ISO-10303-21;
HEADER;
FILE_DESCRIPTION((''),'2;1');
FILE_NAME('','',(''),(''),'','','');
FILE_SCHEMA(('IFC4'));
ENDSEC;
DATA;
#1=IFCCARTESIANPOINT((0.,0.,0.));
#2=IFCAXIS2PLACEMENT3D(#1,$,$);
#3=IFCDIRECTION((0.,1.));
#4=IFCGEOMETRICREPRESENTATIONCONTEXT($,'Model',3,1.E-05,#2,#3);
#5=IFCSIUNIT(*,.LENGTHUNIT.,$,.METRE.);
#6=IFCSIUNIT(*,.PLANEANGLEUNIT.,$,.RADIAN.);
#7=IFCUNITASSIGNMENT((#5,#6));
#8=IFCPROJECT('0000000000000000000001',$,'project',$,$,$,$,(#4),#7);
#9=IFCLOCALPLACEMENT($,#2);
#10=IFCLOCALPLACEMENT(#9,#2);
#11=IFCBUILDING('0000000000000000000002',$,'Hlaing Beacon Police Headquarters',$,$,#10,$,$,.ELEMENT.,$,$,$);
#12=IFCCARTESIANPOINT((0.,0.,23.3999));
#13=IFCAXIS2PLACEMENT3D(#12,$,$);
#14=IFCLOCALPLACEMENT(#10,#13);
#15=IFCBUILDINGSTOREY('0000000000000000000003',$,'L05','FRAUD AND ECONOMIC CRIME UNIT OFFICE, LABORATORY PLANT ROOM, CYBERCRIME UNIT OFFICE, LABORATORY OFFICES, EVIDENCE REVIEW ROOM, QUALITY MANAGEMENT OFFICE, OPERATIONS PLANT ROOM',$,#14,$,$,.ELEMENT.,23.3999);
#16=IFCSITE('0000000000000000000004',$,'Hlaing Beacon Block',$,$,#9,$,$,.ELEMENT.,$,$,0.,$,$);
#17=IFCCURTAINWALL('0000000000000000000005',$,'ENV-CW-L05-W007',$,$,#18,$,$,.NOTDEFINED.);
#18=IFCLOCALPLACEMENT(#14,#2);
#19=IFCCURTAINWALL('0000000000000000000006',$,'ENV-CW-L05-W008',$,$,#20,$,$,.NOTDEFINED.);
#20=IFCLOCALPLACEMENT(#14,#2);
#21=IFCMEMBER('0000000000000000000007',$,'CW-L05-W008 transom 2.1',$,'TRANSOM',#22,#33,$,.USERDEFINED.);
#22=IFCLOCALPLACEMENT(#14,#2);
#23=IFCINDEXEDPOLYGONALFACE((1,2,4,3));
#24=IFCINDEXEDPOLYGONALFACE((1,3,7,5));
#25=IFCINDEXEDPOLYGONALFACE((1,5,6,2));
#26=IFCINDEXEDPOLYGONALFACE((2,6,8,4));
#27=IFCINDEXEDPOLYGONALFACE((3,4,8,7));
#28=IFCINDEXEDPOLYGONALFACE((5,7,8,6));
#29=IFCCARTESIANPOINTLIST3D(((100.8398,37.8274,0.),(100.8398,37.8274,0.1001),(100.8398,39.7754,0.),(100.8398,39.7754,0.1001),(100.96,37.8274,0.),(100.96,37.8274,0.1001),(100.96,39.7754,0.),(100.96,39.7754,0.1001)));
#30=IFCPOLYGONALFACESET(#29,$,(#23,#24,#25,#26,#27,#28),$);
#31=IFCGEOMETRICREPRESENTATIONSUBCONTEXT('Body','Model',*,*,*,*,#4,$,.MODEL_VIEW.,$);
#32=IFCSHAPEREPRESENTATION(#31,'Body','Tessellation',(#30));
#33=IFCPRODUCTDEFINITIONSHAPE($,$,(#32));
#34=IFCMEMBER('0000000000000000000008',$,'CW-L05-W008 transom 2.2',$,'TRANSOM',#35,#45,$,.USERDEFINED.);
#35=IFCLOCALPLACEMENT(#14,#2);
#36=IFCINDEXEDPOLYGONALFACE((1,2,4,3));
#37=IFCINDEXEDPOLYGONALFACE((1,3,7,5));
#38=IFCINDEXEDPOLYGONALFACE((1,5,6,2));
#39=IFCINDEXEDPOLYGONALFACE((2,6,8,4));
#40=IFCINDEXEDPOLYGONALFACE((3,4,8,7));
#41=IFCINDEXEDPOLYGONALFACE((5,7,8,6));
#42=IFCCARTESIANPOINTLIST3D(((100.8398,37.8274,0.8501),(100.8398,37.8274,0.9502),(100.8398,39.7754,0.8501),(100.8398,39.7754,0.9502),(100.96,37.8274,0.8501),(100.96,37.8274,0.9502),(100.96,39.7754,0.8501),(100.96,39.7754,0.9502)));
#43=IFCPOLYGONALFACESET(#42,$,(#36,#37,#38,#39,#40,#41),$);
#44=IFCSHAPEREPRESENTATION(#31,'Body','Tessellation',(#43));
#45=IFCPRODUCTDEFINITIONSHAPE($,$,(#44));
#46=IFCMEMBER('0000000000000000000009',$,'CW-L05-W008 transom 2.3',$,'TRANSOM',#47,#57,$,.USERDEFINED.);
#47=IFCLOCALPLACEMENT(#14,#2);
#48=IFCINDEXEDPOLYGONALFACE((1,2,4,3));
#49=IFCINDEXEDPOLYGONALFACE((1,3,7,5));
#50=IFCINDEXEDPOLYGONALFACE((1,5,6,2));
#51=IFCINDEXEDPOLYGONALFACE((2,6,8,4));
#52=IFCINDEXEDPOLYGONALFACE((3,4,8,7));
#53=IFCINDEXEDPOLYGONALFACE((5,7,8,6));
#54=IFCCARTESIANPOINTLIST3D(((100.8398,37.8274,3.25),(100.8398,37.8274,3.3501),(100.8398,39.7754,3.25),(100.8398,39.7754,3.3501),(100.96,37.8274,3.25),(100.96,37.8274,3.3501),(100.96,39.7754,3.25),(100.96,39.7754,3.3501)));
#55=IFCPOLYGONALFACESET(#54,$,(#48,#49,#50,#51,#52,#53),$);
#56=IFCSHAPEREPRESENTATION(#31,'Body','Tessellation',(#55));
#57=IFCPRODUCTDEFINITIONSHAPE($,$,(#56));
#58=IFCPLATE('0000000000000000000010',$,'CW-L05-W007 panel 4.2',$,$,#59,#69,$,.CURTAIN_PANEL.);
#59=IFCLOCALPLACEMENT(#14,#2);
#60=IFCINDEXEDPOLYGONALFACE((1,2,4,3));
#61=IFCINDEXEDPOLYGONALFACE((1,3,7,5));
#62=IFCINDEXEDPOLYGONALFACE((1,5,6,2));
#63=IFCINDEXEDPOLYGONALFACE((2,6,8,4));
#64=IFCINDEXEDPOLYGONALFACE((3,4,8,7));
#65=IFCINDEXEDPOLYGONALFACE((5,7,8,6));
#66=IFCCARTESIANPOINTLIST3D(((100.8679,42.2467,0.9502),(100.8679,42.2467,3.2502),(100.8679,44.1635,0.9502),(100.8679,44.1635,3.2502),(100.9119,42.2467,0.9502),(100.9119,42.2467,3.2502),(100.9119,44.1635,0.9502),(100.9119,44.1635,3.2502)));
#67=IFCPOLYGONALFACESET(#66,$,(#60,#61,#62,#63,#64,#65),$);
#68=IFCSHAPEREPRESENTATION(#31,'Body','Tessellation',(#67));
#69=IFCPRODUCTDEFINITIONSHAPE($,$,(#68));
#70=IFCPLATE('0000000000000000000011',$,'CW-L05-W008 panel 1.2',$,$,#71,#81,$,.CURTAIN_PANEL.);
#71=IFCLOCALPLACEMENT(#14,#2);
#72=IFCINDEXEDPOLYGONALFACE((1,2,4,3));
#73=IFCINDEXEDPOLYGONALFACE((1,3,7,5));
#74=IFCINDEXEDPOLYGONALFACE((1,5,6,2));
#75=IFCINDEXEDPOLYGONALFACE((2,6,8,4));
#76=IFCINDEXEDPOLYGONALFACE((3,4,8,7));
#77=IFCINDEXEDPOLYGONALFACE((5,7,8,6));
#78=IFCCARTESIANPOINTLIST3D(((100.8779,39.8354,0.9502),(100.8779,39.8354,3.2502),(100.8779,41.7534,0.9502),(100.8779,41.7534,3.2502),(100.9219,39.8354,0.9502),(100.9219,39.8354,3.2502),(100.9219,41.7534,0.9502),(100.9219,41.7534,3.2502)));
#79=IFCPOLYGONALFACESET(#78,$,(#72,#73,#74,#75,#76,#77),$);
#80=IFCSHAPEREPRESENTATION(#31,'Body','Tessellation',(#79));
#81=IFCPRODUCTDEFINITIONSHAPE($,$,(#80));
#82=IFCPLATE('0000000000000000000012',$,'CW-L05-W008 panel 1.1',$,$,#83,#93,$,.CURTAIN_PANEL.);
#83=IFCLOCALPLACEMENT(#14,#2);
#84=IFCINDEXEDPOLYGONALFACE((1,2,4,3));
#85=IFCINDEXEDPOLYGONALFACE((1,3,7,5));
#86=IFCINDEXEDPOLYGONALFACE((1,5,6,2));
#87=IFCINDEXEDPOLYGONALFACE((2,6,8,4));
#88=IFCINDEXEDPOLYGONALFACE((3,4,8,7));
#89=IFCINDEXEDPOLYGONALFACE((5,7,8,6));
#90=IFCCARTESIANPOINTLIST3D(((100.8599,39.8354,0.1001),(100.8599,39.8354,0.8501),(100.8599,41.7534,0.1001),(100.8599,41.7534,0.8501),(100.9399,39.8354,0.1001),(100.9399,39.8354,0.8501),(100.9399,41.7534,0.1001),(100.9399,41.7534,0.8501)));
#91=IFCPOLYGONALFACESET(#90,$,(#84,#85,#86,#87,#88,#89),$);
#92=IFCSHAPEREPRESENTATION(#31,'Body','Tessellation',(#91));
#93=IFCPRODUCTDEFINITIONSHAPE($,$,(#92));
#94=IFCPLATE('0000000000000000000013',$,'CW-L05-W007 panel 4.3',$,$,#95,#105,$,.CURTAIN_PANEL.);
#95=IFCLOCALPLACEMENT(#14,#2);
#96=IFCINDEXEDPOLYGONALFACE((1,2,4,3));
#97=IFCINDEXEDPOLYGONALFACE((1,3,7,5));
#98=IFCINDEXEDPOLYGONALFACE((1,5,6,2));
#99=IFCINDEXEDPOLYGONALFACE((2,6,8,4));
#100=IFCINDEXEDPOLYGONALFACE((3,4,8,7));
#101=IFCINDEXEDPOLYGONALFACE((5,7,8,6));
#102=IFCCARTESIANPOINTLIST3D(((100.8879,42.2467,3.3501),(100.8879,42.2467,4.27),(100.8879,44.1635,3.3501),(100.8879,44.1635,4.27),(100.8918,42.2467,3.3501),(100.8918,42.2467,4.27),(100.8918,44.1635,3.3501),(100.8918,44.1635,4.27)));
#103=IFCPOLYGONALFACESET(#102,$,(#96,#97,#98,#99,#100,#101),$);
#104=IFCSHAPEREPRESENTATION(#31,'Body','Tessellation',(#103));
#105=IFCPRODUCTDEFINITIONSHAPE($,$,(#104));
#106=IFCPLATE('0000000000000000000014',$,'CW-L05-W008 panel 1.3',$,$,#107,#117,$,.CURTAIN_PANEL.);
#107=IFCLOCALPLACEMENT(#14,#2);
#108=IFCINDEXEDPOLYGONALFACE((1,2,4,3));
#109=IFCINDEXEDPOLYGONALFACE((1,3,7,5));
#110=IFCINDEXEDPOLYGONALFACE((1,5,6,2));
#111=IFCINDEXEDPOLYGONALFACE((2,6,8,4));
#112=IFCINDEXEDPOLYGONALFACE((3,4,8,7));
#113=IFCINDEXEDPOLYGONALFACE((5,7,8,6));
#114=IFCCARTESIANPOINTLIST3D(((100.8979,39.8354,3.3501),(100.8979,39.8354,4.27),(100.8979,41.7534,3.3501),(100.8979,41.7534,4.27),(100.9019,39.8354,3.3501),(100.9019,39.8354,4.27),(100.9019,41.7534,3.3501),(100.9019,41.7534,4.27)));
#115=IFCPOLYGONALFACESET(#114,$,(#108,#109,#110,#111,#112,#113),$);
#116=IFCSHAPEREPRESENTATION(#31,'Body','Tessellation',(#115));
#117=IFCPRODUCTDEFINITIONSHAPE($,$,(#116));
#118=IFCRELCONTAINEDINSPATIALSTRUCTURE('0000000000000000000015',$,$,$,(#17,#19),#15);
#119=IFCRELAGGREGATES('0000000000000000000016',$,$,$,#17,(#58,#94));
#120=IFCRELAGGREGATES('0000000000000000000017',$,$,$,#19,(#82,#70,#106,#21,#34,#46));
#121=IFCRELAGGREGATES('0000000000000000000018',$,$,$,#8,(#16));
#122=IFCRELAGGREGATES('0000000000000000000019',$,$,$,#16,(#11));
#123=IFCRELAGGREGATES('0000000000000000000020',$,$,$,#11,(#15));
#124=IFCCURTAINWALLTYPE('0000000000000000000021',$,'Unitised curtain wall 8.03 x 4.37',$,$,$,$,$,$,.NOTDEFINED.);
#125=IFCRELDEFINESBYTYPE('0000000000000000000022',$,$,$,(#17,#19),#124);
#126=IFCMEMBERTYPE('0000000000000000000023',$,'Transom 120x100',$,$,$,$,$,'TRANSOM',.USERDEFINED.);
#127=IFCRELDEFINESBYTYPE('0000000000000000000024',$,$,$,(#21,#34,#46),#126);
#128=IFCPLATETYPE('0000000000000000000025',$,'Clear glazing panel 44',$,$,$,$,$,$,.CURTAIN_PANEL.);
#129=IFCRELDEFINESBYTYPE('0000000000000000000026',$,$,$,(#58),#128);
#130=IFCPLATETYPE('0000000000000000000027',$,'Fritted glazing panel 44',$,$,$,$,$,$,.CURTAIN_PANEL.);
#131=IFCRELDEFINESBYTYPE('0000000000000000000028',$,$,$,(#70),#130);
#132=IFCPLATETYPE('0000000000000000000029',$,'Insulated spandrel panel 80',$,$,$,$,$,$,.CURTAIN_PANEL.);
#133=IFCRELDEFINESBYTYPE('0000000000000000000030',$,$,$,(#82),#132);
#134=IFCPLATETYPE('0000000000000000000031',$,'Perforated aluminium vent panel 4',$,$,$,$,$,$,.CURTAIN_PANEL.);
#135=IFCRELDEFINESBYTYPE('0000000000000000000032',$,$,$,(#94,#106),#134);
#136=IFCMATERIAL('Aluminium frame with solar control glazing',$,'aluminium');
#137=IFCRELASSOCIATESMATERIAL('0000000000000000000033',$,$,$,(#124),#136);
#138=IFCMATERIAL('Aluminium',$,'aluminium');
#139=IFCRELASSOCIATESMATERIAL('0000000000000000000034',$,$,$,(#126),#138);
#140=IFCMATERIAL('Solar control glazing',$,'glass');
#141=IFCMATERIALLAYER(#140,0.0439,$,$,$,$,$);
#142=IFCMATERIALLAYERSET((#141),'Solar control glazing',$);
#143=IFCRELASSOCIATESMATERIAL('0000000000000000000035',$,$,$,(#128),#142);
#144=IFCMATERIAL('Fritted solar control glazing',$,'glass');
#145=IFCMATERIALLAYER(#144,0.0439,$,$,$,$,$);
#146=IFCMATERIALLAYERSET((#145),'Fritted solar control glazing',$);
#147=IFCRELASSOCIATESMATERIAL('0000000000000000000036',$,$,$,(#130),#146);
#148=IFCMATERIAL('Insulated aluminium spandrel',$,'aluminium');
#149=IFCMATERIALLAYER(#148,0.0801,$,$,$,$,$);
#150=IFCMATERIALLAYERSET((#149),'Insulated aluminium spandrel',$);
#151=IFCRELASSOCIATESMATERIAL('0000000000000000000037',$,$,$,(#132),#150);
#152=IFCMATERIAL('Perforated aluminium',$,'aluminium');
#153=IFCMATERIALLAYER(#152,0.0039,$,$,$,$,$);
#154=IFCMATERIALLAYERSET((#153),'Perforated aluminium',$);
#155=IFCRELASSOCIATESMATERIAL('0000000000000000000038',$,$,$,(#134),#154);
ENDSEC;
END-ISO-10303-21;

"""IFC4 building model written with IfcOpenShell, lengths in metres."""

from ifc_helpers import new_model, si_unit, direction, frame, origin, origin_2d, place, context, subcontext, project, spatial, rectangle, extrude, material, layer, layer_set, material_profile, profile_set, type_object, element, aggregate, save


model = new_model("IFC4")

# Units and contexts
model_context = context("Model", 3, precision=1e-05, world=origin(), true_north=direction((0.0, 1.0)))
body_context = subcontext(model_context, "Body", "Model", "MODEL_VIEW")
ifc_project = project(units=[si_unit("LENGTHUNIT", "METRE"), si_unit("PLANEANGLEUNIT", "RADIAN")], contexts=[model_context])

# Site, building, storey
site_placement = place(None, origin())
site = spatial("IfcSite", under=ifc_project, at=site_placement, Name="Hlaing Beacon Block", CompositionType="ELEMENT", RefElevation=0.0)
building_placement = place(site_placement, origin())
building = spatial("IfcBuilding", under=site, at=building_placement, Name="Hlaing Beacon Police Headquarters", CompositionType="ELEMENT")
storey_placement = place(building_placement, frame((0.0, 0.0, 23.3999)))
storey = spatial("IfcBuildingStorey", under=building, at=storey_placement, Name="L05", Description="FRAUD AND ECONOMIC CRIME UNIT OFFICE, LABORATORY PLANT ROOM, CYBERCRIME UNIT OFFICE, LABORATORY OFFICES, EVIDENCE REVIEW ROOM, QUALITY MANAGEMENT OFFICE, OPERATIONS PLANT ROOM", CompositionType="ELEMENT", Elevation=23.3999)

# Curtain walls
ifc_material_1 = material(Name="Aluminium frame with solar control glazing", Category="aluminium")
curtain_wall_type = type_object("IfcCurtainWallType", Name="Unitised curtain wall 8.03 x 4.37", PredefinedType="NOTDEFINED", material=ifc_material_1)
curtain_wall_1_placement = place(storey_placement, origin())
curtain_wall_1 = element("IfcCurtainWall", 1, at=curtain_wall_1_placement, inside=storey, type_object=curtain_wall_type, Name="ENV-CW-L05-W007", PredefinedType="NOTDEFINED")
curtain_wall_2_placement = place(storey_placement, origin())
curtain_wall_2 = element("IfcCurtainWall", 2, at=curtain_wall_2_placement, inside=storey, type_object=curtain_wall_type, Name="ENV-CW-L05-W008", PredefinedType="NOTDEFINED")

# Members
ifc_material_2 = material(Name="Aluminium", Category="aluminium")
ifc_material_profile_1 = material_profile(ifc_material_2, rectangle(XDim=0.1201, YDim=0.1001, at=origin_2d()), Name="Transom 120x100")
ifc_profile_set_1 = profile_set([ifc_material_profile_1], Name="Aluminium")
member_type_1 = type_object("IfcMemberType", Name="Transom 120x100", ElementType="TRANSOM", PredefinedType="USERDEFINED", material=ifc_profile_set_1)
member_1_placement = place(storey_placement, frame((100.8999, 39.7754, 0.05), z_axis=(0.0, -1.0, 0.0), x_axis=(1.0, 0.0, 0.0)))
member_1 = element("IfcMember", 3, at=member_1_placement, type_object=member_type_1, Name="CW-L05-W008 transom 2.1", ObjectType="TRANSOM", PredefinedType="USERDEFINED", context=body_context, shape_type="SweptSolid", body=[
    extrude(rectangle(XDim=0.1201, YDim=0.1001, at=origin_2d()), origin(), (0.0, 0.0, 1.0), 1.948),
])
member_2_placement = place(storey_placement, frame((100.8999, 39.7754, 0.9001), z_axis=(0.0, -1.0, 0.0), x_axis=(1.0, 0.0, 0.0)))
member_2 = element("IfcMember", 4, at=member_2_placement, type_object=member_type_1, Name="CW-L05-W008 transom 2.2", ObjectType="TRANSOM", PredefinedType="USERDEFINED", context=body_context, shape_type="SweptSolid", body=[
    extrude(rectangle(XDim=0.1201, YDim=0.1001, at=origin_2d()), origin(), (0.0, 0.0, 1.0), 1.948),
])
member_3_placement = place(storey_placement, frame((100.8999, 39.7754, 3.3), z_axis=(0.0, -1.0, 0.0), x_axis=(1.0, 0.0, 0.0)))
member_3 = element("IfcMember", 5, at=member_3_placement, type_object=member_type_1, Name="CW-L05-W008 transom 2.3", ObjectType="TRANSOM", PredefinedType="USERDEFINED", context=body_context, shape_type="SweptSolid", body=[
    extrude(rectangle(XDim=0.1201, YDim=0.1001, at=origin_2d()), origin(), (0.0, 0.0, 1.0), 1.948),
])

# Plates
ifc_material_3 = material(Name="Solar control glazing", Category="glass")
ifc_layer_1 = layer(ifc_material_3, 0.0439)
ifc_layer_set_1 = layer_set([ifc_layer_1], Name="Solar control glazing")
plate_type_1 = type_object("IfcPlateType", Name="Clear glazing panel 44", PredefinedType="CURTAIN_PANEL", material=ifc_layer_set_1)
plate_1_placement = place(storey_placement, frame((100.8899, 43.2051, 0.9502), z_axis=(0.0, 0.0, 1.0), x_axis=(0.0, -1.0, 0.0)))
plate_1 = element("IfcPlate", 6, at=plate_1_placement, type_object=plate_type_1, Name="CW-L05-W007 panel 4.2", PredefinedType="CURTAIN_PANEL", context=body_context, shape_type="SweptSolid", body=[
    extrude(rectangle(XDim=1.9167, YDim=0.0439, at=origin_2d()), origin(), (0.0, 0.0, 1.0), 2.3),
])
ifc_material_4 = material(Name="Fritted solar control glazing", Category="glass")
ifc_layer_2 = layer(ifc_material_4, 0.0439)
ifc_layer_set_2 = layer_set([ifc_layer_2], Name="Fritted solar control glazing")
plate_type_2 = type_object("IfcPlateType", Name="Fritted glazing panel 44", PredefinedType="CURTAIN_PANEL", material=ifc_layer_set_2)
plate_2_placement = place(storey_placement, frame((100.8999, 40.7944, 0.9502), z_axis=(0.0, 0.0, 1.0), x_axis=(0.0, -1.0, 0.0)))
plate_2 = element("IfcPlate", 7, at=plate_2_placement, type_object=plate_type_2, Name="CW-L05-W008 panel 1.2", PredefinedType="CURTAIN_PANEL", context=body_context, shape_type="SweptSolid", body=[
    extrude(rectangle(XDim=1.918, YDim=0.0439, at=origin_2d()), origin(), (0.0, 0.0, 1.0), 2.3),
])
ifc_material_5 = material(Name="Insulated aluminium spandrel", Category="aluminium")
ifc_layer_3 = layer(ifc_material_5, 0.0801)
ifc_layer_set_3 = layer_set([ifc_layer_3], Name="Insulated aluminium spandrel")
plate_type_3 = type_object("IfcPlateType", Name="Insulated spandrel panel 80", PredefinedType="CURTAIN_PANEL", material=ifc_layer_set_3)
plate_3_placement = place(storey_placement, frame((100.8999, 40.7944, 0.1001), z_axis=(0.0, 0.0, 1.0), x_axis=(0.0, -1.0, 0.0)))
plate_3 = element("IfcPlate", 8, at=plate_3_placement, type_object=plate_type_3, Name="CW-L05-W008 panel 1.1", PredefinedType="CURTAIN_PANEL", context=body_context, shape_type="SweptSolid", body=[
    extrude(rectangle(XDim=1.918, YDim=0.0801, at=origin_2d()), origin(), (0.0, 0.0, 1.0), 0.75),
])
ifc_material_6 = material(Name="Perforated aluminium", Category="aluminium")
ifc_layer_4 = layer(ifc_material_6, 0.0039)
ifc_layer_set_4 = layer_set([ifc_layer_4], Name="Perforated aluminium")
plate_type_4 = type_object("IfcPlateType", Name="Perforated aluminium vent panel 4", PredefinedType="CURTAIN_PANEL", material=ifc_layer_set_4)
plate_4_placement = place(storey_placement, frame((100.8899, 43.2051, 3.3501), z_axis=(0.0, 0.0, 1.0), x_axis=(0.0, -1.0, 0.0)))
plate_4 = element("IfcPlate", 9, at=plate_4_placement, type_object=plate_type_4, Name="CW-L05-W007 panel 4.3", PredefinedType="CURTAIN_PANEL", context=body_context, shape_type="SweptSolid", body=[
    extrude(rectangle(XDim=1.9167, YDim=0.0039, at=origin_2d()), origin(), (0.0, 0.0, 1.0), 0.9199),
])
aggregate(curtain_wall_1, [plate_1, plate_4])
plate_5_placement = place(storey_placement, frame((100.8999, 40.7944, 3.3501), z_axis=(0.0, 0.0, 1.0), x_axis=(0.0, -1.0, 0.0)))
plate_5 = element("IfcPlate", 10, at=plate_5_placement, type_object=plate_type_4, Name="CW-L05-W008 panel 1.3", PredefinedType="CURTAIN_PANEL", context=body_context, shape_type="SweptSolid", body=[
    extrude(rectangle(XDim=1.918, YDim=0.0039, at=origin_2d()), origin(), (0.0, 0.0, 1.0), 0.9199),
])
aggregate(curtain_wall_2, [plate_3, plate_2, plate_5, member_1, member_2, member_3])

save(model, "model.ifc")
